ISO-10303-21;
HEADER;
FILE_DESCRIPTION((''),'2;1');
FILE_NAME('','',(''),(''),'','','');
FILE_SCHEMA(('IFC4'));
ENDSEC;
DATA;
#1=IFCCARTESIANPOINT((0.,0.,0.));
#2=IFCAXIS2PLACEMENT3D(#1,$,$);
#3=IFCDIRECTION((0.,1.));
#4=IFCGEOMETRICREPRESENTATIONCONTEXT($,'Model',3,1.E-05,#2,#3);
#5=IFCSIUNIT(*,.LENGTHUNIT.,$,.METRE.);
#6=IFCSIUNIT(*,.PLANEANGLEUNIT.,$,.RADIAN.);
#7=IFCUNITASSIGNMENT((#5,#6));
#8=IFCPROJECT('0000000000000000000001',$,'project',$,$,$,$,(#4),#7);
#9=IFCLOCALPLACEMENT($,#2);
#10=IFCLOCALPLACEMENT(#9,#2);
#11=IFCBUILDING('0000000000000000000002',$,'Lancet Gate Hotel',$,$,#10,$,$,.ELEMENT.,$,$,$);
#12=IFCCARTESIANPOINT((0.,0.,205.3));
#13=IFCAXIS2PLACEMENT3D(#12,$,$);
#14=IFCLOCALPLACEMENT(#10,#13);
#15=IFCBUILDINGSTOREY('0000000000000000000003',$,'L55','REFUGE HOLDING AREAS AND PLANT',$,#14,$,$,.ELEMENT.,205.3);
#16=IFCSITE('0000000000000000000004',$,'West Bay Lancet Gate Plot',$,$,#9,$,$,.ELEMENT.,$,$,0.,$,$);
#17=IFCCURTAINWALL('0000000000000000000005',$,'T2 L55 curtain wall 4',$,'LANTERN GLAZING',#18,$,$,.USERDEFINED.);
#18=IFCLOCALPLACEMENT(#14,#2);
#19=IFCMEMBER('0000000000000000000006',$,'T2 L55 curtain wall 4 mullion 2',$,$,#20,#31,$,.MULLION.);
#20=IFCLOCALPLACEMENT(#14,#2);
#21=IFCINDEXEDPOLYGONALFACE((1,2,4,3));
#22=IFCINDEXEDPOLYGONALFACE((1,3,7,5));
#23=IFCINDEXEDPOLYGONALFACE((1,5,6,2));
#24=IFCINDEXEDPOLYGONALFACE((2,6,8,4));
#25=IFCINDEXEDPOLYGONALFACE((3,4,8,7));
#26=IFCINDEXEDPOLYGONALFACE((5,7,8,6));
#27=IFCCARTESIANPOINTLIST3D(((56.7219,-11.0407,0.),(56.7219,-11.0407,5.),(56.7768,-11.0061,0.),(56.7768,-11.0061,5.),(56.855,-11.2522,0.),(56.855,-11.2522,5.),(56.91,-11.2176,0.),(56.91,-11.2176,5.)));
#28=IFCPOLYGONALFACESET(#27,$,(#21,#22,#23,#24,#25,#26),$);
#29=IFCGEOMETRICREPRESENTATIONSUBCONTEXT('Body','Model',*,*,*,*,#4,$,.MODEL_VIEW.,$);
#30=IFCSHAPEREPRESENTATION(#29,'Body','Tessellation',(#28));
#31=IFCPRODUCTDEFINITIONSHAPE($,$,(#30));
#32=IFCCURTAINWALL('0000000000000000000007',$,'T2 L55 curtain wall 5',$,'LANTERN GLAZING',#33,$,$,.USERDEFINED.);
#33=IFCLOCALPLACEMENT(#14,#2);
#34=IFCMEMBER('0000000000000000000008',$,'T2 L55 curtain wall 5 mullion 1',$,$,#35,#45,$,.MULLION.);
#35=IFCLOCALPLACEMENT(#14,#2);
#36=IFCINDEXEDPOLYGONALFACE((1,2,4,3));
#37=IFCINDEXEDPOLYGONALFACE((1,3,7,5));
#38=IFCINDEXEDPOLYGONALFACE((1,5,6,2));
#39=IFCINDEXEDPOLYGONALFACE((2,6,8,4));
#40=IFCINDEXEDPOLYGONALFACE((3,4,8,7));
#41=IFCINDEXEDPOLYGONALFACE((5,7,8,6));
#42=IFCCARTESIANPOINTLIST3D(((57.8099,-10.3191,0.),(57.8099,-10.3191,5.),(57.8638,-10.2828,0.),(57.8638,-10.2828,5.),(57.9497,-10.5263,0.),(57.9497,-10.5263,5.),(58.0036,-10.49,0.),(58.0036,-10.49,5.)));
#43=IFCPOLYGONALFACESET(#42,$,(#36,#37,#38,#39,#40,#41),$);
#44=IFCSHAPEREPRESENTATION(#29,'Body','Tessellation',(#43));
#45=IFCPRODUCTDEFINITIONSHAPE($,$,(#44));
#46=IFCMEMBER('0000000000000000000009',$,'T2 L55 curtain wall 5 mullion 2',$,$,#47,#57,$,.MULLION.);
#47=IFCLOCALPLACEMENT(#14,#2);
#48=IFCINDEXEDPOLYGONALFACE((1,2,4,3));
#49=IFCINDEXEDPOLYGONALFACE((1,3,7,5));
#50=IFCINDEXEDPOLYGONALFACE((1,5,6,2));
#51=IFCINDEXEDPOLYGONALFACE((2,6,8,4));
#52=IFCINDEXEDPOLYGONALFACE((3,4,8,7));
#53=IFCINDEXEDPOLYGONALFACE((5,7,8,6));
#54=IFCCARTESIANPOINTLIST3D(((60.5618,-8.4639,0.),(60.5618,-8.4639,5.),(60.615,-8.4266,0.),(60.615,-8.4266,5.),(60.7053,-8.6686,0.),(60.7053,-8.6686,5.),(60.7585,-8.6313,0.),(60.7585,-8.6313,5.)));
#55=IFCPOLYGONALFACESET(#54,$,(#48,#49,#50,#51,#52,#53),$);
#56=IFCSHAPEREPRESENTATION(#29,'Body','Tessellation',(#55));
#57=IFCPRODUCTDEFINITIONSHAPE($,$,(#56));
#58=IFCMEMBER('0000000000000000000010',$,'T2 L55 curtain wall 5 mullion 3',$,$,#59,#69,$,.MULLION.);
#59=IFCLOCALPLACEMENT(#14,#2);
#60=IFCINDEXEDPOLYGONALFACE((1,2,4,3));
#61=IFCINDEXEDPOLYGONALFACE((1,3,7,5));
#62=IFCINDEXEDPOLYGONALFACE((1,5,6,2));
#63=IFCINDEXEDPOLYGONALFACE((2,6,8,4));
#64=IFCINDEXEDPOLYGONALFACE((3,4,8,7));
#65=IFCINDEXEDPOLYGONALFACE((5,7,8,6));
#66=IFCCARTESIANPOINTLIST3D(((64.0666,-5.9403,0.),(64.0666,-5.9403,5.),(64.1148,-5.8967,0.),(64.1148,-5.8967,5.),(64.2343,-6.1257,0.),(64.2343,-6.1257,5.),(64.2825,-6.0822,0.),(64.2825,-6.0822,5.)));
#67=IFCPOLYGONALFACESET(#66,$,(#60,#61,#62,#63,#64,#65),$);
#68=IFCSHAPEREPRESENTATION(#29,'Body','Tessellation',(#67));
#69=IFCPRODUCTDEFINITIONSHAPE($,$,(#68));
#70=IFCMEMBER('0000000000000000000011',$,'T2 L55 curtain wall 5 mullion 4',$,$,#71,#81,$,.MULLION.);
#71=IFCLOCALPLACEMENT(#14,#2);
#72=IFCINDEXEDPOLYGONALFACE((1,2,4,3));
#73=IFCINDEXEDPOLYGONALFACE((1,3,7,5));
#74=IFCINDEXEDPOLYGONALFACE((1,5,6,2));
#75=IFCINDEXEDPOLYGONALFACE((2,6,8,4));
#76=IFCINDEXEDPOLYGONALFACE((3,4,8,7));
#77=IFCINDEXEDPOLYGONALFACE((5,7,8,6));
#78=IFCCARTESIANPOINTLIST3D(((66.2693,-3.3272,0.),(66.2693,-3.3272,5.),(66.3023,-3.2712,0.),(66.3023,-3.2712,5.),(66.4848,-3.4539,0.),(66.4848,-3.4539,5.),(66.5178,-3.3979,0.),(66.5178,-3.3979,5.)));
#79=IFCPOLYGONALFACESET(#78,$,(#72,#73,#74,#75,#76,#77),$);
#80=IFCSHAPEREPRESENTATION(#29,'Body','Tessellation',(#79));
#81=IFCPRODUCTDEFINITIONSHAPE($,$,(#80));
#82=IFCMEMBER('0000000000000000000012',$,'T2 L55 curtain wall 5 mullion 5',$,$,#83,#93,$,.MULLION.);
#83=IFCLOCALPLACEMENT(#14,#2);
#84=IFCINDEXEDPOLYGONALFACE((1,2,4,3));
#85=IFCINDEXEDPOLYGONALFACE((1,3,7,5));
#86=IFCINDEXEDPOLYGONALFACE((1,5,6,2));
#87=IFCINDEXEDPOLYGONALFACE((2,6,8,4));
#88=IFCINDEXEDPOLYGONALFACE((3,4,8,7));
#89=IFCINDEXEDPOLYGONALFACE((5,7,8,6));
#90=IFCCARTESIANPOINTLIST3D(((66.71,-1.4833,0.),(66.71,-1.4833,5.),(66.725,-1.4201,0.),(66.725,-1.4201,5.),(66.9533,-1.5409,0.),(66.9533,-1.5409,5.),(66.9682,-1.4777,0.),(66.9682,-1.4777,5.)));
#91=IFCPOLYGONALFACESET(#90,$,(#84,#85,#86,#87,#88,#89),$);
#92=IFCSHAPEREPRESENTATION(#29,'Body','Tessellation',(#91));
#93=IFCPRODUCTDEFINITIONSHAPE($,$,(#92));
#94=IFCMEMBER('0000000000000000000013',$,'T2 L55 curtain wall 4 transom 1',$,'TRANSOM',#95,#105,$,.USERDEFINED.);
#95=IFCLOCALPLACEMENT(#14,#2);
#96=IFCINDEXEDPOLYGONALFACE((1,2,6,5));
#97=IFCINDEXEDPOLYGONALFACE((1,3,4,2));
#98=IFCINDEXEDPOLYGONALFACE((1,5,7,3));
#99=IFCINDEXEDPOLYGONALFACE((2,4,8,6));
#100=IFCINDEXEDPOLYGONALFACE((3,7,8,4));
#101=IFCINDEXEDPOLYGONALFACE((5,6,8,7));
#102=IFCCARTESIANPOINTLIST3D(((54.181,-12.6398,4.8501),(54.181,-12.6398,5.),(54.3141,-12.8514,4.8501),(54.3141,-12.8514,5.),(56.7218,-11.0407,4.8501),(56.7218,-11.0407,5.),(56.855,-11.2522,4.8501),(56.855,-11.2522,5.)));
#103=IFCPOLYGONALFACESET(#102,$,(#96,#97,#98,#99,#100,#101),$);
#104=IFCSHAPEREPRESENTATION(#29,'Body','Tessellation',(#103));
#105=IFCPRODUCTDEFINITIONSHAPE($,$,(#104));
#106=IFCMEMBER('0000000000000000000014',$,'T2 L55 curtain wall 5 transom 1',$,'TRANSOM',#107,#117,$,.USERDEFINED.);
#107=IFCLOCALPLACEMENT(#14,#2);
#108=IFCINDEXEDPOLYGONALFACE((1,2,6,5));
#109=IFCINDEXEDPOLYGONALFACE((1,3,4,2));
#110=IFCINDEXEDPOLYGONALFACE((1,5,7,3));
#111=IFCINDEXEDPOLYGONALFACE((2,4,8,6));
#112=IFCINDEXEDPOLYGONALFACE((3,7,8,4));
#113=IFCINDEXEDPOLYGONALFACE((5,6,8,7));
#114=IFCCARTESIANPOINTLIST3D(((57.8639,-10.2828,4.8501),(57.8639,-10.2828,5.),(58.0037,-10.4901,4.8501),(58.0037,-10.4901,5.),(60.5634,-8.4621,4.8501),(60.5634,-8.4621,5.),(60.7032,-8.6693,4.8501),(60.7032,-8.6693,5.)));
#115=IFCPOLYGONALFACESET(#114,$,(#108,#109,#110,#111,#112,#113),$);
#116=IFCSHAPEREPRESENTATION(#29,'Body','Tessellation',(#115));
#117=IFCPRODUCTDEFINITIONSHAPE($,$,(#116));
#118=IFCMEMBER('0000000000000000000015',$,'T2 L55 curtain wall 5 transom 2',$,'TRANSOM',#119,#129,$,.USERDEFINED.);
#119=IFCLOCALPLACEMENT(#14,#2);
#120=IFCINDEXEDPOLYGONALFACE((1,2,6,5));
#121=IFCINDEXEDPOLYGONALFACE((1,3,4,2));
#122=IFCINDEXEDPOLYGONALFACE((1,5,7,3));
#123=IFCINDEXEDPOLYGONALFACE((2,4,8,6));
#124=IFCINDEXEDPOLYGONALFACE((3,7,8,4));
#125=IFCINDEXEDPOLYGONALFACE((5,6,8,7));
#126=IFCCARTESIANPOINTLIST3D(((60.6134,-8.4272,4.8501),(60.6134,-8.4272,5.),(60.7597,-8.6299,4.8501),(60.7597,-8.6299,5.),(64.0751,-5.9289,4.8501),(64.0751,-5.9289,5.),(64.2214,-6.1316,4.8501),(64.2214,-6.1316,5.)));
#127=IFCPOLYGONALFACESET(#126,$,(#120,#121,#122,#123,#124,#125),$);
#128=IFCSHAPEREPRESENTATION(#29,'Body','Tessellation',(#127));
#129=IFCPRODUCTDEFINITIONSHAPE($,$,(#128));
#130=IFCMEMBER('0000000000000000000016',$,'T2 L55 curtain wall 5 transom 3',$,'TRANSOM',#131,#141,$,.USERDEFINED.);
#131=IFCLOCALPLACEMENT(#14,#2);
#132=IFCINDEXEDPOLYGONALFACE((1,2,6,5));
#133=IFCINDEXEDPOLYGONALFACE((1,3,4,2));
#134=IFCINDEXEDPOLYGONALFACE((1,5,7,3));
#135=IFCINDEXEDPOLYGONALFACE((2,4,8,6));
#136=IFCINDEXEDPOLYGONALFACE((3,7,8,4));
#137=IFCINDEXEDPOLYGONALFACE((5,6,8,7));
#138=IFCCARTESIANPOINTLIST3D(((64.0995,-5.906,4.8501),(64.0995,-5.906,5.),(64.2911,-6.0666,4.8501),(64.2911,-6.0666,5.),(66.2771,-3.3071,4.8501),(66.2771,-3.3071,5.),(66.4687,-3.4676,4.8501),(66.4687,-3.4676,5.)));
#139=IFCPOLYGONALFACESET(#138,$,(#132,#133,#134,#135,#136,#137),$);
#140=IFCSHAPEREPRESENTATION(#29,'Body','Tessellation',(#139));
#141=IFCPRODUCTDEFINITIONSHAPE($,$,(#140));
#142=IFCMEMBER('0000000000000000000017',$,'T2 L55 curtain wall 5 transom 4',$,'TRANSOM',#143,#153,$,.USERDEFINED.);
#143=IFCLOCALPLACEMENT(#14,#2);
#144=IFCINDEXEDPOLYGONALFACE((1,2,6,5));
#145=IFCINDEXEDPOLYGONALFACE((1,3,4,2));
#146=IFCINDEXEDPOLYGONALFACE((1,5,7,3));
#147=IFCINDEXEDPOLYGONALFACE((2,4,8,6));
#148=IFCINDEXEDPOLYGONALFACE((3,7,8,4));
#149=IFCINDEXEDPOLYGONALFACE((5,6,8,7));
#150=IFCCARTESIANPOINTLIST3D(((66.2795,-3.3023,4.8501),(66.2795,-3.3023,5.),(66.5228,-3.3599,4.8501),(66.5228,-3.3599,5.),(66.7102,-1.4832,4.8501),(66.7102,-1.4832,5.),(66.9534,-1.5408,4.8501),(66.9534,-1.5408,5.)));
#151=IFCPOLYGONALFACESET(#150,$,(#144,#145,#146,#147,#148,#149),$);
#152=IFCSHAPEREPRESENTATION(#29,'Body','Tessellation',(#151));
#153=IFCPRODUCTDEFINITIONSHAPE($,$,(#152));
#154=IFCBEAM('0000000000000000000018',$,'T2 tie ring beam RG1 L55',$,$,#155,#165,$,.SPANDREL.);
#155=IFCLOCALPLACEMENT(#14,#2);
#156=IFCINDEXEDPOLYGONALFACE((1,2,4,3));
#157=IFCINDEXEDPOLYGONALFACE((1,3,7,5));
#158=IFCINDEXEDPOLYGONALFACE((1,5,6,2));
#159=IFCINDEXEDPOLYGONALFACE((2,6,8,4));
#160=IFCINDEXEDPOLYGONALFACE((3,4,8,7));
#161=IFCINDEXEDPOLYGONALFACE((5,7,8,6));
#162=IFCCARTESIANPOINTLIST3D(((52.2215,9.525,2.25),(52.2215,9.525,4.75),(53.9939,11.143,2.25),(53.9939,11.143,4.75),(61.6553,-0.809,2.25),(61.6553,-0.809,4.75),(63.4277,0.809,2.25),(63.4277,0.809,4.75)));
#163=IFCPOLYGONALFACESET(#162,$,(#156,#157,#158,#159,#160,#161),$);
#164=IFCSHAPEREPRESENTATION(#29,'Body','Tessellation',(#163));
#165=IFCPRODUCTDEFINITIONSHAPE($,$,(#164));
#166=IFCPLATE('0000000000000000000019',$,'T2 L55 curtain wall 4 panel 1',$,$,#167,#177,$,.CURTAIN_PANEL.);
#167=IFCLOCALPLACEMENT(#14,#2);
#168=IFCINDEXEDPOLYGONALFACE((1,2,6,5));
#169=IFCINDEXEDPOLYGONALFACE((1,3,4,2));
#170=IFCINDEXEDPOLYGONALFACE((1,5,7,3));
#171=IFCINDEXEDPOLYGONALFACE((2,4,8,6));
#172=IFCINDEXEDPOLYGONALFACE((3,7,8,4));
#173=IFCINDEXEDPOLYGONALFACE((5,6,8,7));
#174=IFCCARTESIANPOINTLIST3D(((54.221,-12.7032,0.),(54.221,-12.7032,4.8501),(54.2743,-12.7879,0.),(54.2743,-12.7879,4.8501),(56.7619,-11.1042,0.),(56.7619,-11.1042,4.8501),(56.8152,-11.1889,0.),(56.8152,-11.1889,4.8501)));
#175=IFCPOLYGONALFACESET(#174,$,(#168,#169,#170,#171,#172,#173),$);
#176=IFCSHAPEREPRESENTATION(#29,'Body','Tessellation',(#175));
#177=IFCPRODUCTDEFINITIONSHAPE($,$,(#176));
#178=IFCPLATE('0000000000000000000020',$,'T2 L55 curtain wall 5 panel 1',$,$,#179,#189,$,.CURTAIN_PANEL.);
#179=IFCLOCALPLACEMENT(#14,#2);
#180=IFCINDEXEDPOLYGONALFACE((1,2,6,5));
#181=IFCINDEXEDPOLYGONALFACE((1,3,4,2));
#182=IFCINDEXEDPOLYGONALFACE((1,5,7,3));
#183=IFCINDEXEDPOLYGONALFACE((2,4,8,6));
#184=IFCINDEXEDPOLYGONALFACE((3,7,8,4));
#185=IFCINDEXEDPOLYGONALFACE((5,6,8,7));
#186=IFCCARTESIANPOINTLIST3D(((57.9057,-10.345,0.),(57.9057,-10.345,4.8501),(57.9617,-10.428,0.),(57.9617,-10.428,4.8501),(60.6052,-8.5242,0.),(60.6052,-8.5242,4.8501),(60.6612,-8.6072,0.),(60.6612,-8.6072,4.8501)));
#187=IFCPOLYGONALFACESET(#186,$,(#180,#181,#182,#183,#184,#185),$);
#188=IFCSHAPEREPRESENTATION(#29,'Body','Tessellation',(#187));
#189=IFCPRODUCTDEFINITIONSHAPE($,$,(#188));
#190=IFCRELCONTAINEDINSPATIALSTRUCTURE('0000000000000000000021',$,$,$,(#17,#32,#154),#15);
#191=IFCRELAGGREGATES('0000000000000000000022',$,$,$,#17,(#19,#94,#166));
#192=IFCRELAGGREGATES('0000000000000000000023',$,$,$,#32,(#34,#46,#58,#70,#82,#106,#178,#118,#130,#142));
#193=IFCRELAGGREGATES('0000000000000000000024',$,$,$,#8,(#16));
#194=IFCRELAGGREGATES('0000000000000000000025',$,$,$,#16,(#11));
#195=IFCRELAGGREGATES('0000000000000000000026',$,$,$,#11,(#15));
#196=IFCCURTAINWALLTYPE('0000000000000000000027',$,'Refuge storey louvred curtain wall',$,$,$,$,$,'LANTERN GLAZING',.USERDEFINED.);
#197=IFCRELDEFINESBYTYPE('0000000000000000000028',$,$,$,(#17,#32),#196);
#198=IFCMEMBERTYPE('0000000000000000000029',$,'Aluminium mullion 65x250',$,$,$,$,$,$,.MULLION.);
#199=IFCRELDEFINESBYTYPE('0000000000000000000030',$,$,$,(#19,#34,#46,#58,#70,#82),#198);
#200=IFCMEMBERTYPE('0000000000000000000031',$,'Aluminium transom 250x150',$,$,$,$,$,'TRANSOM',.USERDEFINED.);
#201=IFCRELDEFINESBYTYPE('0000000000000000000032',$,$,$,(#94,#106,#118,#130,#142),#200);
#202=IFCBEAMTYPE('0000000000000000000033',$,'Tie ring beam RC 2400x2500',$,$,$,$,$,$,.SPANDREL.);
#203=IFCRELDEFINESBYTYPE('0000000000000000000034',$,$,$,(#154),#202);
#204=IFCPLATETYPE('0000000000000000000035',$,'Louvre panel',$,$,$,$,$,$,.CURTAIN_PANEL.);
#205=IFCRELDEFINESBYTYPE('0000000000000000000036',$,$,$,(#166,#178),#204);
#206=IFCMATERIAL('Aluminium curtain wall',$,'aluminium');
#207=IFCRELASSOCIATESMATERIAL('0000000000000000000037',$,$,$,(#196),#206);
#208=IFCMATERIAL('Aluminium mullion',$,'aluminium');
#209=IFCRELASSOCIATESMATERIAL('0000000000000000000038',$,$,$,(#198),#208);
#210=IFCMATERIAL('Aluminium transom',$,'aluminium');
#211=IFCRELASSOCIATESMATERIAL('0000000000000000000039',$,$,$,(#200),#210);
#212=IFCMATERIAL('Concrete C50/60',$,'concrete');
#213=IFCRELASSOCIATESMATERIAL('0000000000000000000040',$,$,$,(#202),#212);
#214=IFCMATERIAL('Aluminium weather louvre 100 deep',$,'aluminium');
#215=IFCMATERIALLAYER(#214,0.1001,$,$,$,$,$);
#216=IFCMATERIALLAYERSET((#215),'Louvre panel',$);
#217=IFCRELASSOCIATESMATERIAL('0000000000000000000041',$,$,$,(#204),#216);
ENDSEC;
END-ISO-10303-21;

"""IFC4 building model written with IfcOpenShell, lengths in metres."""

from ifc_helpers import new_model, si_unit, direction, frame, origin, origin_2d, place, context, subcontext, project, spatial, rectangle, extrude, material, layer, layer_set, material_profile, profile_set, type_object, element, aggregate, save


model = new_model("IFC4")

# Units and contexts
model_context = context("Model", 3, precision=1e-05, world=origin(), true_north=direction((0.0, 1.0)))
body_context = subcontext(model_context, "Body", "Model", "MODEL_VIEW")
ifc_project = project(units=[si_unit("LENGTHUNIT", "METRE"), si_unit("PLANEANGLEUNIT", "RADIAN")], contexts=[model_context])

# Site, building, storey
site_placement = place(None, origin())
site = spatial("IfcSite", under=ifc_project, at=site_placement, Name="West Bay Lancet Gate Plot", CompositionType="ELEMENT", RefElevation=0.0)
building_placement = place(site_placement, origin())
building = spatial("IfcBuilding", under=site, at=building_placement, Name="Lancet Gate Hotel", CompositionType="ELEMENT")
storey_placement = place(building_placement, frame((0.0, 0.0, 205.3)))
storey = spatial("IfcBuildingStorey", under=building, at=storey_placement, Name="L55", Description="REFUGE HOLDING AREAS AND PLANT", CompositionType="ELEMENT", Elevation=205.3)

# Curtain wall, member
ifc_material_1 = material(Name="Aluminium curtain wall", Category="aluminium")
curtain_wall_type = type_object("IfcCurtainWallType", Name="Refuge storey louvred curtain wall", ElementType="LANTERN GLAZING", PredefinedType="USERDEFINED", material=ifc_material_1)
curtain_wall_1_placement = place(storey_placement, origin())
curtain_wall_1 = element("IfcCurtainWall", 1, at=curtain_wall_1_placement, inside=storey, type_object=curtain_wall_type, Name="T2 L55 curtain wall 4", ObjectType="LANTERN GLAZING", PredefinedType="USERDEFINED")
ifc_material_2 = material(Name="Aluminium mullion", Category="aluminium")
ifc_material_profile_1 = material_profile(ifc_material_2, rectangle(XDim=0.0649, YDim=0.25, at=origin_2d()), Name="MULLION 65x250")
ifc_profile_set_1 = profile_set([ifc_material_profile_1], Name="Aluminium mullion")
member_type_1 = type_object("IfcMemberType", Name="Aluminium mullion 65x250", PredefinedType="MULLION", material=ifc_profile_set_1)
member_1_placement = place(storey_placement, frame((56.8159, -11.1292, 0.0), z_axis=(0.0, 0.0, 1.0), x_axis=(0.846352, 0.532623, 0.0)))
member_1 = element("IfcMember", 2, at=member_1_placement, type_object=member_type_1, Name="T2 L55 curtain wall 4 mullion 2", PredefinedType="MULLION", context=body_context, shape_type="SweptSolid", body=[
    extrude(rectangle(XDim=0.0649, YDim=0.25, at=origin_2d()), origin(), (0.0, 0.0, 1.0), 5.0),
])

# Curtain wall, members
curtain_wall_2_placement = place(storey_placement, origin())
curtain_wall_2 = element("IfcCurtainWall", 3, at=curtain_wall_2_placement, inside=storey, type_object=curtain_wall_type, Name="T2 L55 curtain wall 5", ObjectType="LANTERN GLAZING", PredefinedType="USERDEFINED")
member_2_placement = place(storey_placement, frame((57.9067, -10.4045, 0.0), z_axis=(0.0, 0.0, 1.0), x_axis=(0.829039, 0.559191, 0.0)))
member_2 = element("IfcMember", 4, at=member_2_placement, type_object=member_type_1, Name="T2 L55 curtain wall 5 mullion 1", PredefinedType="MULLION", context=body_context, shape_type="SweptSolid", body=[
    extrude(rectangle(XDim=0.0649, YDim=0.25, at=origin_2d()), origin(), (0.0, 0.0, 1.0), 5.0),
])
member_3_placement = place(storey_placement, frame((60.6602, -8.5476, 0.0), z_axis=(0.0, 0.0, 1.0), x_axis=(0.818866, 0.573985, 0.0)))
member_3 = element("IfcMember", 5, at=member_3_placement, type_object=member_type_1, Name="T2 L55 curtain wall 5 mullion 2", PredefinedType="MULLION", context=body_context, shape_type="SweptSolid", body=[
    extrude(rectangle(XDim=0.0649, YDim=0.25, at=origin_2d()), origin(), (0.0, 0.0, 1.0), 5.0),
])
member_4_placement = place(storey_placement, frame((64.1746, -6.0112, 0.0), z_axis=(0.0, 0.0, 1.0), x_axis=(0.741693, 0.670739, 0.0)))
member_4 = element("IfcMember", 6, at=member_4_placement, type_object=member_type_1, Name="T2 L55 curtain wall 5 mullion 3", PredefinedType="MULLION", context=body_context, shape_type="SweptSolid", body=[
    extrude(rectangle(XDim=0.0649, YDim=0.25, at=origin_2d()), origin(), (0.0, 0.0, 1.0), 5.0),
])
member_5_placement = place(storey_placement, frame((66.3936, -3.3625, 0.0), z_axis=(0.0, 0.0, 1.0), x_axis=(0.506941, 0.861981, 0.0)))
member_5 = element("IfcMember", 7, at=member_5_placement, type_object=member_type_1, Name="T2 L55 curtain wall 5 mullion 4", PredefinedType="MULLION", context=body_context, shape_type="SweptSolid", body=[
    extrude(rectangle(XDim=0.0649, YDim=0.25, at=origin_2d()), origin(), (0.0, 0.0, 1.0), 5.0),
])
member_6_placement = place(storey_placement, frame((66.8391, -1.4805, 0.0), z_axis=(0.0, 0.0, 1.0), x_axis=(0.230367, 0.973104, 0.0)))
member_6 = element("IfcMember", 8, at=member_6_placement, type_object=member_type_1, Name="T2 L55 curtain wall 5 mullion 5", PredefinedType="MULLION", context=body_context, shape_type="SweptSolid", body=[
    extrude(rectangle(XDim=0.0649, YDim=0.25, at=origin_2d()), origin(), (0.0, 0.0, 1.0), 5.0),
])

# Members
ifc_material_3 = material(Name="Aluminium transom", Category="aluminium")
ifc_material_profile_2 = material_profile(ifc_material_3, rectangle(XDim=0.25, YDim=0.1499, at=origin_2d()), Name="TRANSOM 250x150")
ifc_profile_set_2 = profile_set([ifc_material_profile_2], Name="Aluminium transom")
member_type_2 = type_object("IfcMemberType", Name="Aluminium transom 250x150", ElementType="TRANSOM", PredefinedType="USERDEFINED", material=ifc_profile_set_2)
member_7_placement = place(storey_placement, frame((54.2476, -12.7456, 4.925), z_axis=(0.846327, 0.532664, 0.0), x_axis=(-0.532664, 0.846327, 0.0)))
member_7 = element("IfcMember", 9, at=member_7_placement, type_object=member_type_2, Name="T2 L55 curtain wall 4 transom 1", ObjectType="TRANSOM", PredefinedType="USERDEFINED", context=body_context, shape_type="SweptSolid", body=[
    extrude(rectangle(XDim=0.25, YDim=0.1499, at=origin_2d()), origin(), (0.0, 0.0, 1.0), 3.0022),
])
member_8_placement = place(storey_placement, frame((57.9338, -10.3865, 4.925), z_axis=(0.829039, 0.559191, 0.0), x_axis=(-0.559191, 0.829039, 0.0)))
member_8 = element("IfcMember", 10, at=member_8_placement, type_object=member_type_2, Name="T2 L55 curtain wall 5 transom 1", ObjectType="TRANSOM", PredefinedType="USERDEFINED", context=body_context, shape_type="SweptSolid", body=[
    extrude(rectangle(XDim=0.25, YDim=0.1499, at=origin_2d()), origin(), (0.0, 0.0, 1.0), 3.2561),
])
member_9_placement = place(storey_placement, frame((60.6865, -8.5286, 4.925), z_axis=(0.81088, 0.585213, 0.0), x_axis=(-0.585213, 0.81088, 0.0)))
member_9 = element("IfcMember", 11, at=member_9_placement, type_object=member_type_2, Name="T2 L55 curtain wall 5 transom 2", ObjectType="TRANSOM", PredefinedType="USERDEFINED", context=body_context, shape_type="SweptSolid", body=[
    extrude(rectangle(XDim=0.25, YDim=0.1499, at=origin_2d()), origin(), (0.0, 0.0, 1.0), 4.269),
])
member_10_placement = place(storey_placement, frame((64.1953, -5.9863, 4.925), z_axis=(0.642229, 0.766513, 0.0), x_axis=(-0.766513, 0.642229, 0.0)))
member_10 = element("IfcMember", 12, at=member_10_placement, type_object=member_type_2, Name="T2 L55 curtain wall 5 transom 3", ObjectType="TRANSOM", PredefinedType="USERDEFINED", context=body_context, shape_type="SweptSolid", body=[
    extrude(rectangle(XDim=0.25, YDim=0.1499, at=origin_2d()), origin(), (0.0, 0.0, 1.0), 3.3906),
])
member_11_placement = place(storey_placement, frame((66.4011, -3.3311, 4.925), z_axis=(0.230379, 0.973101, 0.0), x_axis=(-0.973101, 0.230379, 0.0)))
member_11 = element("IfcMember", 13, at=member_11_placement, type_object=member_type_2, Name="T2 L55 curtain wall 5 transom 4", ObjectType="TRANSOM", PredefinedType="USERDEFINED", context=body_context, shape_type="SweptSolid", body=[
    extrude(rectangle(XDim=0.25, YDim=0.1499, at=origin_2d()), origin(), (0.0, 0.0, 1.0), 1.8694),
])

# Beam
ifc_material_4 = material(Name="Concrete C50/60", Category="concrete")
ifc_material_profile_3 = material_profile(ifc_material_4, rectangle(XDim=2.3999, YDim=2.5, at=origin_2d()), Name="RC 2400x2500")
ifc_profile_set_3 = profile_set([ifc_material_profile_3], Name="Concrete C50/60")
beam_type = type_object("IfcBeamType", Name="Tie ring beam RC 2400x2500", PredefinedType="SPANDREL", material=ifc_profile_set_3)
beam_placement = place(storey_placement, frame((62.5415, 0.0, 3.5), z_axis=(-0.674209, 0.73854, 0.0), x_axis=(-0.73854, -0.674209, 0.0)))
element("IfcBeam", 14, at=beam_placement, inside=storey, type_object=beam_type, Name="T2 tie ring beam RG1 L55", PredefinedType="SPANDREL", context=body_context, shape_type="SweptSolid", body=[
    extrude(rectangle(XDim=2.3999, YDim=2.5, at=origin_2d()), origin(), (0.0, 0.0, 1.0), 13.9924),
])

# Plates
ifc_material_5 = material(Name="Aluminium weather louvre 100 deep", Category="aluminium")
ifc_layer_1 = layer(ifc_material_5, 0.1001)
ifc_layer_set_1 = layer_set([ifc_layer_1], Name="Louvre panel")
plate_type = type_object("IfcPlateType", Name="Louvre panel", PredefinedType="CURTAIN_PANEL", material=ifc_layer_set_1)
plate_1_placement = place(storey_placement, frame((55.5181, -11.946, 0.0), z_axis=(0.0, 0.0, 1.0), x_axis=(0.846352, 0.532623, 0.0)))
plate_1 = element("IfcPlate", 15, at=plate_1_placement, type_object=plate_type, Name="T2 L55 curtain wall 4 panel 1", PredefinedType="CURTAIN_PANEL", context=body_context, shape_type="SweptSolid", body=[
    extrude(rectangle(XDim=3.0022, YDim=0.1001, at=origin_2d()), origin(), (0.0, 0.0, 1.0), 4.8501),
])
aggregate(curtain_wall_1, [member_1, member_7, plate_1])
plate_2_placement = place(storey_placement, frame((59.2834, -9.4761, 0.0), z_axis=(0.0, 0.0, 1.0), x_axis=(0.829039, 0.559191, 0.0)))
plate_2 = element("IfcPlate", 16, at=plate_2_placement, type_object=plate_type, Name="T2 L55 curtain wall 5 panel 1", PredefinedType="CURTAIN_PANEL", context=body_context, shape_type="SweptSolid", body=[
    extrude(rectangle(XDim=3.2561, YDim=0.1001, at=origin_2d()), origin(), (0.0, 0.0, 1.0), 4.8501),
])
aggregate(curtain_wall_2, [member_2, member_3, member_4, member_5, member_6, member_8, plate_2, member_9, member_10, member_11])

save(model, "model.ifc")
